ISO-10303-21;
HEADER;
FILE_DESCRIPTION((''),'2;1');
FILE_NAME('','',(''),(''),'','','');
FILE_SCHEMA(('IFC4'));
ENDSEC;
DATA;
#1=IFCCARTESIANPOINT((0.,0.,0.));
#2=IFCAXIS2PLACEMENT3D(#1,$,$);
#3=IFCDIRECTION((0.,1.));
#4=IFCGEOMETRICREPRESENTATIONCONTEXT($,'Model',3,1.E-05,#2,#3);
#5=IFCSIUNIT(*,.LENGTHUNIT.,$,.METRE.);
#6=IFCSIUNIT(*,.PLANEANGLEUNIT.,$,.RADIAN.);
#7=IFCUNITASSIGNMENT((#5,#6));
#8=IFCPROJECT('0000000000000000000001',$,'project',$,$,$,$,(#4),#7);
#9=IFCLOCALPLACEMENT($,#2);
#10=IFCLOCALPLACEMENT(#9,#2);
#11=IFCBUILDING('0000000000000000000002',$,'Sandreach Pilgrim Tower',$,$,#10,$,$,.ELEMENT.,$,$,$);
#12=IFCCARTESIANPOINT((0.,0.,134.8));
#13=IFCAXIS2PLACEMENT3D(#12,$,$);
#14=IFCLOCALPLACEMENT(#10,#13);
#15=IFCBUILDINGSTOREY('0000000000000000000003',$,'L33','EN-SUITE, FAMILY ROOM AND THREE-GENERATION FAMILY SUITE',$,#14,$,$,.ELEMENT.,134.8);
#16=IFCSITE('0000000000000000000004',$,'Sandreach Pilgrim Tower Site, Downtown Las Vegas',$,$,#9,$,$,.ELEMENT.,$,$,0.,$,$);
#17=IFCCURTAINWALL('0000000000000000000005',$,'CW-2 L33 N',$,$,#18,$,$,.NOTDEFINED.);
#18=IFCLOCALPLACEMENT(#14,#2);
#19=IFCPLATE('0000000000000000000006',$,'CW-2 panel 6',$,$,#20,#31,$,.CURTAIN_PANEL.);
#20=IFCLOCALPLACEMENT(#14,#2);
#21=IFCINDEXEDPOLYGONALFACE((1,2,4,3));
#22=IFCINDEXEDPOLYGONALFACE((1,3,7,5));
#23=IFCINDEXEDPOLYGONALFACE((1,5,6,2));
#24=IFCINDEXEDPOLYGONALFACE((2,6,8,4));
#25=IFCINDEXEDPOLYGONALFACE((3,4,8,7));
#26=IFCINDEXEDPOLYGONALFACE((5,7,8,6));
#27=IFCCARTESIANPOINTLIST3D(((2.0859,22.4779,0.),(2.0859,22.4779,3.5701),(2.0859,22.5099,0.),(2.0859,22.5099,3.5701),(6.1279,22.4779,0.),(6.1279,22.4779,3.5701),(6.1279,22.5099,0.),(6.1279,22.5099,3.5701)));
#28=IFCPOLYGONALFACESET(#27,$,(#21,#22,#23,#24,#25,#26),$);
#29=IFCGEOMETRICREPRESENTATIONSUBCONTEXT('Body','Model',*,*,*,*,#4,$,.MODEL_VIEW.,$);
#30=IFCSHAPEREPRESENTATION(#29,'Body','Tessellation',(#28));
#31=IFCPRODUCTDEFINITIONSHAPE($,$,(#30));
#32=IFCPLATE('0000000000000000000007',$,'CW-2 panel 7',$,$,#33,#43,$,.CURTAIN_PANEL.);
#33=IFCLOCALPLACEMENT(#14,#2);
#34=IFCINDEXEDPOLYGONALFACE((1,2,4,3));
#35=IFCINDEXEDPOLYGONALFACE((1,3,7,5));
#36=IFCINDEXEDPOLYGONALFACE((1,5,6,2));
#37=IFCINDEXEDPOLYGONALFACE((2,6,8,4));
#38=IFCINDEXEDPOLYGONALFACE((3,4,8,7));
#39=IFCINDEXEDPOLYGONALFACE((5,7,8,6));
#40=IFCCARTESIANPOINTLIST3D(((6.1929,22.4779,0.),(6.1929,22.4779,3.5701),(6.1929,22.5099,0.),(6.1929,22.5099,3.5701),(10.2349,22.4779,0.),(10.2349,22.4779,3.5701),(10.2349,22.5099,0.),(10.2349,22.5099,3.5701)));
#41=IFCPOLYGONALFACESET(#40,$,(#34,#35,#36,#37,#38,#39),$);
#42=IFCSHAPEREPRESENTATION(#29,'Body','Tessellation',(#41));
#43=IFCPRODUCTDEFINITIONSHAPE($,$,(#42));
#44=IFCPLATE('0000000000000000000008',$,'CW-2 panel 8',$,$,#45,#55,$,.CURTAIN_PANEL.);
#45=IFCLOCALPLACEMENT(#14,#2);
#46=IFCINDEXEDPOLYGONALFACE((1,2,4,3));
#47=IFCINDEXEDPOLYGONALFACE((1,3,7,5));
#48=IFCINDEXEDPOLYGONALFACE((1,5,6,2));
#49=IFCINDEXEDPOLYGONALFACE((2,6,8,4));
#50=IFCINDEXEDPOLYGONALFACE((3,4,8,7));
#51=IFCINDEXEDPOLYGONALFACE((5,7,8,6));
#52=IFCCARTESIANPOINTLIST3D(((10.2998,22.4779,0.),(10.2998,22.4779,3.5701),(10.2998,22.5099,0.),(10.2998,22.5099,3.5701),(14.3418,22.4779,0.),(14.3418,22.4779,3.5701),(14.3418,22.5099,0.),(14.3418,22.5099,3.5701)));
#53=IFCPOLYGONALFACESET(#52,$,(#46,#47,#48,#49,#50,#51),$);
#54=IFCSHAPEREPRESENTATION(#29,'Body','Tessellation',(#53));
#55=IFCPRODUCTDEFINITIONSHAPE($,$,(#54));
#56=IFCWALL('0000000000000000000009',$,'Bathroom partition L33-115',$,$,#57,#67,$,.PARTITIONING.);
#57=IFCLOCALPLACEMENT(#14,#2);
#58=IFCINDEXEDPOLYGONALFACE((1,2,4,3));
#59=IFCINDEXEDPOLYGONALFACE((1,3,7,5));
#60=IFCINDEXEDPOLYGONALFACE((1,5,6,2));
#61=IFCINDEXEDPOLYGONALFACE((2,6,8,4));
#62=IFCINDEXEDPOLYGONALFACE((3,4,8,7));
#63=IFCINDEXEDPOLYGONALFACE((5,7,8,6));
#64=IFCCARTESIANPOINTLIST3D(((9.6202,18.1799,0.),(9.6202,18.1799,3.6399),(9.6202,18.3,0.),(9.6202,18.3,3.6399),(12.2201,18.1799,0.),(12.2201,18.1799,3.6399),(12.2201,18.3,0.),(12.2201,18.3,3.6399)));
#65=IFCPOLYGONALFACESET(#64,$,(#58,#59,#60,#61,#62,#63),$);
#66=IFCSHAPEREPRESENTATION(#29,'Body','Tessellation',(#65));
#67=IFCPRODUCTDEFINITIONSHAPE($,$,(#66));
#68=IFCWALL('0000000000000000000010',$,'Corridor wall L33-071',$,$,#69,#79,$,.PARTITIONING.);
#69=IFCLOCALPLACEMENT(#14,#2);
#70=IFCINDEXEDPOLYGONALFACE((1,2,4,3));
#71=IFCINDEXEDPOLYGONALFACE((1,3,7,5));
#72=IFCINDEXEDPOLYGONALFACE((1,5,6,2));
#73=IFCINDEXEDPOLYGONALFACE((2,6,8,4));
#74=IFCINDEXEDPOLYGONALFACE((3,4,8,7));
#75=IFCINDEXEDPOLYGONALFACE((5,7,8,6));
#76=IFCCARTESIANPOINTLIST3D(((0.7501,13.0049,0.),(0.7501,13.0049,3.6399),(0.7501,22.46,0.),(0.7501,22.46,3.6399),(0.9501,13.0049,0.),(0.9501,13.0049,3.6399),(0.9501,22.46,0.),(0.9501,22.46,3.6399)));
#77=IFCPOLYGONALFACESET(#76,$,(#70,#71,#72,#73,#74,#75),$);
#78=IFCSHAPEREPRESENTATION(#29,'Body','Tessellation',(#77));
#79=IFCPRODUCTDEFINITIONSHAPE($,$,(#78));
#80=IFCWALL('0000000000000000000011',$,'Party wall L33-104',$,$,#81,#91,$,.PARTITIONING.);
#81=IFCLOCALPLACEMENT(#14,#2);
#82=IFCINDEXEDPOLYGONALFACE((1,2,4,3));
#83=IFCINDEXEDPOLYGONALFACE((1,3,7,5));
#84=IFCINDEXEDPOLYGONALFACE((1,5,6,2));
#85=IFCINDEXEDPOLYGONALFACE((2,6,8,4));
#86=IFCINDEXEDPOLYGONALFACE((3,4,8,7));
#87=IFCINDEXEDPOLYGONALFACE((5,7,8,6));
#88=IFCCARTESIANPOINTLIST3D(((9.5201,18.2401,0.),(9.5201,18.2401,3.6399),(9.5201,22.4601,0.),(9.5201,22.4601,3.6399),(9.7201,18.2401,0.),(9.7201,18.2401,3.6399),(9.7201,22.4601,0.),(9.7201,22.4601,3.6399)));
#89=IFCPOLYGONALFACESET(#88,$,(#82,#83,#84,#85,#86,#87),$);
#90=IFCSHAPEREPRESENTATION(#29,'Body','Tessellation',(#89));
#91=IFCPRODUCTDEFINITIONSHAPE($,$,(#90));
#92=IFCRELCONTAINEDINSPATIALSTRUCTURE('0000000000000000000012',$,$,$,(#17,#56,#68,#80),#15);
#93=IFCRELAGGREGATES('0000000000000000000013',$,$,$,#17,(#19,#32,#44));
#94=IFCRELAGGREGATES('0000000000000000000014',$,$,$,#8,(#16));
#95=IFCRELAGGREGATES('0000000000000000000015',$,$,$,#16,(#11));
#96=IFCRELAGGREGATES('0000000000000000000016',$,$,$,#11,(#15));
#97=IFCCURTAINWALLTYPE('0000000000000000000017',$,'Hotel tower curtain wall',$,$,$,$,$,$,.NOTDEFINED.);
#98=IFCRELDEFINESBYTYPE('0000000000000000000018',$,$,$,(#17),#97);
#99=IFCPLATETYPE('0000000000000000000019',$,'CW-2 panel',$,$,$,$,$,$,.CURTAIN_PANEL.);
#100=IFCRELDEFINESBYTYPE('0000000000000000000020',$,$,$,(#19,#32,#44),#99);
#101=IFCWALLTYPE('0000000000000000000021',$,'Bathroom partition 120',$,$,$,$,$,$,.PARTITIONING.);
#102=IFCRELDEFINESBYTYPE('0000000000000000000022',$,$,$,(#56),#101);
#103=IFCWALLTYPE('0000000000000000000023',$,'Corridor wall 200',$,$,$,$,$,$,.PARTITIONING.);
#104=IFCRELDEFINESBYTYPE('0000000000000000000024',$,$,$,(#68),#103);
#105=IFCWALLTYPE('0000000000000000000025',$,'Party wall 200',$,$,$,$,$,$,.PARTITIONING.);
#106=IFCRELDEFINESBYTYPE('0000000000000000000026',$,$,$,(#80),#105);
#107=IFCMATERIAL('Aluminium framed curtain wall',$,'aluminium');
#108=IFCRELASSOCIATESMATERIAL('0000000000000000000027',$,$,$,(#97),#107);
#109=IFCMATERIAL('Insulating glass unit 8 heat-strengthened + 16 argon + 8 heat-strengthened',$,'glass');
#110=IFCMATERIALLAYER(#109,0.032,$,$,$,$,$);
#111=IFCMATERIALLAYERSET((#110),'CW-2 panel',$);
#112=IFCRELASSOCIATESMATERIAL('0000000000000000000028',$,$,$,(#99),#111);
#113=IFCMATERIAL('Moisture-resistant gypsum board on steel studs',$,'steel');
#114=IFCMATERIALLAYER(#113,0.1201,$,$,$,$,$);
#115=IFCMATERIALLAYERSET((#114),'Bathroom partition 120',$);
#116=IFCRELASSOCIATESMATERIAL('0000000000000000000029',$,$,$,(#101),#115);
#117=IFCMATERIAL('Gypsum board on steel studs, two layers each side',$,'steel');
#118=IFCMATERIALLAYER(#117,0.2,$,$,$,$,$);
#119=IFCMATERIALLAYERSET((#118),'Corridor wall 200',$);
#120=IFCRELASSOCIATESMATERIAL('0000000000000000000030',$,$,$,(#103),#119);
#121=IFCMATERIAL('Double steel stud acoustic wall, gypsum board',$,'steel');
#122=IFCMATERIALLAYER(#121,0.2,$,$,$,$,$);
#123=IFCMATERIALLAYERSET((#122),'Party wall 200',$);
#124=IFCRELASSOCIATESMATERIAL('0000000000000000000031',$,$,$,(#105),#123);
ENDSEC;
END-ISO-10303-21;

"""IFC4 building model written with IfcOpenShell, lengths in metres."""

from ifc_helpers import new_model, si_unit, direction, frame, frame_2d, origin, origin_2d, place, context, subcontext, project, spatial, rectangle, extrude, material, layer, layer_set, type_object, element, aggregate, save


model = new_model("IFC4")

# Units and contexts
model_context = context("Model", 3, precision=1e-05, world=origin(), true_north=direction((0.0, 1.0)))
body_context = subcontext(model_context, "Body", "Model", "MODEL_VIEW")
ifc_project = project(units=[si_unit("LENGTHUNIT", "METRE"), si_unit("PLANEANGLEUNIT", "RADIAN")], contexts=[model_context])

# Site, building, storey
site_placement = place(None, origin())
site = spatial("IfcSite", under=ifc_project, at=site_placement, Name="Sandreach Pilgrim Tower Site, Downtown Las Vegas", CompositionType="ELEMENT", RefElevation=0.0)
building_placement = place(site_placement, origin())
building = spatial("IfcBuilding", under=site, at=building_placement, Name="Sandreach Pilgrim Tower", CompositionType="ELEMENT")
storey_placement = place(building_placement, frame((0.0, 0.0, 134.8)))
storey = spatial("IfcBuildingStorey", under=building, at=storey_placement, Name="L33", Description="EN-SUITE, FAMILY ROOM AND THREE-GENERATION FAMILY SUITE", CompositionType="ELEMENT", Elevation=134.8)

# Curtain wall
ifc_material_1 = material(Name="Aluminium framed curtain wall", Category="aluminium")
curtain_wall_type = type_object("IfcCurtainWallType", Name="Hotel tower curtain wall", PredefinedType="NOTDEFINED", material=ifc_material_1)
curtain_wall_placement = place(storey_placement, origin())
curtain_wall = element("IfcCurtainWall", 1, at=curtain_wall_placement, inside=storey, type_object=curtain_wall_type, Name="CW-2 L33 N", PredefinedType="NOTDEFINED")

# Plates
ifc_material_2 = material(Name="Insulating glass unit 8 heat-strengthened + 16 argon + 8 heat-strengthened", Category="glass")
ifc_layer_1 = layer(ifc_material_2, 0.032)
ifc_layer_set_1 = layer_set([ifc_layer_1], Name="CW-2 panel")
plate_type = type_object("IfcPlateType", Name="CW-2 panel", PredefinedType="CURTAIN_PANEL", material=ifc_layer_set_1)
plate_1_placement = place(storey_placement, frame((4.1069, 22.4939, 0.0), z_axis=(0.0, 0.0, 1.0), x_axis=(1.0, 0.0, 0.0)))
plate_1 = element("IfcPlate", 2, at=plate_1_placement, type_object=plate_type, Name="CW-2 panel 6", PredefinedType="CURTAIN_PANEL", context=body_context, shape_type="SweptSolid", body=[
    extrude(rectangle(XDim=4.042, YDim=0.032, at=origin_2d()), origin(), (0.0, 0.0, 1.0), 3.5701),
])
plate_2_placement = place(storey_placement, frame((8.2139, 22.4939, 0.0), z_axis=(0.0, 0.0, 1.0), x_axis=(1.0, 0.0, 0.0)))
plate_2 = element("IfcPlate", 3, at=plate_2_placement, type_object=plate_type, Name="CW-2 panel 7", PredefinedType="CURTAIN_PANEL", context=body_context, shape_type="SweptSolid", body=[
    extrude(rectangle(XDim=4.042, YDim=0.032, at=origin_2d()), origin(), (0.0, 0.0, 1.0), 3.5701),
])
plate_3_placement = place(storey_placement, frame((12.3208, 22.4939, 0.0), z_axis=(0.0, 0.0, 1.0), x_axis=(1.0, 0.0, 0.0)))
plate_3 = element("IfcPlate", 4, at=plate_3_placement, type_object=plate_type, Name="CW-2 panel 8", PredefinedType="CURTAIN_PANEL", context=body_context, shape_type="SweptSolid", body=[
    extrude(rectangle(XDim=4.042, YDim=0.032, at=origin_2d()), origin(), (0.0, 0.0, 1.0), 3.5701),
])
aggregate(curtain_wall, [plate_1, plate_2, plate_3])

# Walls
ifc_material_3 = material(Name="Moisture-resistant gypsum board on steel studs", Category="steel")
ifc_layer_2 = layer(ifc_material_3, 0.1201)
ifc_layer_set_2 = layer_set([ifc_layer_2], Name="Bathroom partition 120")
wall_type_1 = type_object("IfcWallType", Name="Bathroom partition 120", PredefinedType="PARTITIONING", material=ifc_layer_set_2)
wall_1_placement = place(storey_placement, frame((12.22, 18.24, 0.0), z_axis=(0.0, 0.0, 1.0), x_axis=(-1.0, 0.0, 0.0)))
element("IfcWall", 5, at=wall_1_placement, inside=storey, type_object=wall_type_1, Name="Bathroom partition L33-115", PredefinedType="PARTITIONING", context=body_context, shape_type="SweptSolid", body=[
    extrude(rectangle(XDim=2.5999, YDim=0.1201, at=frame_2d((1.2998, 0.0))), origin(), (0.0, 0.0, 1.0), 3.6399),
])
ifc_material_4 = material(Name="Gypsum board on steel studs, two layers each side", Category="steel")
ifc_layer_3 = layer(ifc_material_4, 0.2)
ifc_layer_set_3 = layer_set([ifc_layer_3], Name="Corridor wall 200")
wall_type_2 = type_object("IfcWallType", Name="Corridor wall 200", PredefinedType="PARTITIONING", material=ifc_layer_set_3)
wall_2_placement = place(storey_placement, frame((0.8501, 22.46, 0.0), z_axis=(0.0, 0.0, 1.0), x_axis=(0.0, -1.0, 0.0)))
element("IfcWall", 6, at=wall_2_placement, inside=storey, type_object=wall_type_2, Name="Corridor wall L33-071", PredefinedType="PARTITIONING", context=body_context, shape_type="SweptSolid", body=[
    extrude(rectangle(XDim=9.4551, YDim=0.2, at=frame_2d((4.7275, 0.0))), origin(), (0.0, 0.0, 1.0), 3.6399),
])
ifc_material_5 = material(Name="Double steel stud acoustic wall, gypsum board", Category="steel")
ifc_layer_4 = layer(ifc_material_5, 0.2)
ifc_layer_set_4 = layer_set([ifc_layer_4], Name="Party wall 200")
wall_type_3 = type_object("IfcWallType", Name="Party wall 200", PredefinedType="PARTITIONING", material=ifc_layer_set_4)
wall_3_placement = place(storey_placement, frame((9.6201, 22.46, 0.0), z_axis=(0.0, 0.0, 1.0), x_axis=(0.0, -1.0, 0.0)))
element("IfcWall", 7, at=wall_3_placement, inside=storey, type_object=wall_type_3, Name="Party wall L33-104", PredefinedType="PARTITIONING", context=body_context, shape_type="SweptSolid", body=[
    extrude(rectangle(XDim=4.22, YDim=0.2, at=frame_2d((2.1099, 0.0))), origin(), (0.0, 0.0, 1.0), 3.6399),
])

save(model, "model.ifc")
